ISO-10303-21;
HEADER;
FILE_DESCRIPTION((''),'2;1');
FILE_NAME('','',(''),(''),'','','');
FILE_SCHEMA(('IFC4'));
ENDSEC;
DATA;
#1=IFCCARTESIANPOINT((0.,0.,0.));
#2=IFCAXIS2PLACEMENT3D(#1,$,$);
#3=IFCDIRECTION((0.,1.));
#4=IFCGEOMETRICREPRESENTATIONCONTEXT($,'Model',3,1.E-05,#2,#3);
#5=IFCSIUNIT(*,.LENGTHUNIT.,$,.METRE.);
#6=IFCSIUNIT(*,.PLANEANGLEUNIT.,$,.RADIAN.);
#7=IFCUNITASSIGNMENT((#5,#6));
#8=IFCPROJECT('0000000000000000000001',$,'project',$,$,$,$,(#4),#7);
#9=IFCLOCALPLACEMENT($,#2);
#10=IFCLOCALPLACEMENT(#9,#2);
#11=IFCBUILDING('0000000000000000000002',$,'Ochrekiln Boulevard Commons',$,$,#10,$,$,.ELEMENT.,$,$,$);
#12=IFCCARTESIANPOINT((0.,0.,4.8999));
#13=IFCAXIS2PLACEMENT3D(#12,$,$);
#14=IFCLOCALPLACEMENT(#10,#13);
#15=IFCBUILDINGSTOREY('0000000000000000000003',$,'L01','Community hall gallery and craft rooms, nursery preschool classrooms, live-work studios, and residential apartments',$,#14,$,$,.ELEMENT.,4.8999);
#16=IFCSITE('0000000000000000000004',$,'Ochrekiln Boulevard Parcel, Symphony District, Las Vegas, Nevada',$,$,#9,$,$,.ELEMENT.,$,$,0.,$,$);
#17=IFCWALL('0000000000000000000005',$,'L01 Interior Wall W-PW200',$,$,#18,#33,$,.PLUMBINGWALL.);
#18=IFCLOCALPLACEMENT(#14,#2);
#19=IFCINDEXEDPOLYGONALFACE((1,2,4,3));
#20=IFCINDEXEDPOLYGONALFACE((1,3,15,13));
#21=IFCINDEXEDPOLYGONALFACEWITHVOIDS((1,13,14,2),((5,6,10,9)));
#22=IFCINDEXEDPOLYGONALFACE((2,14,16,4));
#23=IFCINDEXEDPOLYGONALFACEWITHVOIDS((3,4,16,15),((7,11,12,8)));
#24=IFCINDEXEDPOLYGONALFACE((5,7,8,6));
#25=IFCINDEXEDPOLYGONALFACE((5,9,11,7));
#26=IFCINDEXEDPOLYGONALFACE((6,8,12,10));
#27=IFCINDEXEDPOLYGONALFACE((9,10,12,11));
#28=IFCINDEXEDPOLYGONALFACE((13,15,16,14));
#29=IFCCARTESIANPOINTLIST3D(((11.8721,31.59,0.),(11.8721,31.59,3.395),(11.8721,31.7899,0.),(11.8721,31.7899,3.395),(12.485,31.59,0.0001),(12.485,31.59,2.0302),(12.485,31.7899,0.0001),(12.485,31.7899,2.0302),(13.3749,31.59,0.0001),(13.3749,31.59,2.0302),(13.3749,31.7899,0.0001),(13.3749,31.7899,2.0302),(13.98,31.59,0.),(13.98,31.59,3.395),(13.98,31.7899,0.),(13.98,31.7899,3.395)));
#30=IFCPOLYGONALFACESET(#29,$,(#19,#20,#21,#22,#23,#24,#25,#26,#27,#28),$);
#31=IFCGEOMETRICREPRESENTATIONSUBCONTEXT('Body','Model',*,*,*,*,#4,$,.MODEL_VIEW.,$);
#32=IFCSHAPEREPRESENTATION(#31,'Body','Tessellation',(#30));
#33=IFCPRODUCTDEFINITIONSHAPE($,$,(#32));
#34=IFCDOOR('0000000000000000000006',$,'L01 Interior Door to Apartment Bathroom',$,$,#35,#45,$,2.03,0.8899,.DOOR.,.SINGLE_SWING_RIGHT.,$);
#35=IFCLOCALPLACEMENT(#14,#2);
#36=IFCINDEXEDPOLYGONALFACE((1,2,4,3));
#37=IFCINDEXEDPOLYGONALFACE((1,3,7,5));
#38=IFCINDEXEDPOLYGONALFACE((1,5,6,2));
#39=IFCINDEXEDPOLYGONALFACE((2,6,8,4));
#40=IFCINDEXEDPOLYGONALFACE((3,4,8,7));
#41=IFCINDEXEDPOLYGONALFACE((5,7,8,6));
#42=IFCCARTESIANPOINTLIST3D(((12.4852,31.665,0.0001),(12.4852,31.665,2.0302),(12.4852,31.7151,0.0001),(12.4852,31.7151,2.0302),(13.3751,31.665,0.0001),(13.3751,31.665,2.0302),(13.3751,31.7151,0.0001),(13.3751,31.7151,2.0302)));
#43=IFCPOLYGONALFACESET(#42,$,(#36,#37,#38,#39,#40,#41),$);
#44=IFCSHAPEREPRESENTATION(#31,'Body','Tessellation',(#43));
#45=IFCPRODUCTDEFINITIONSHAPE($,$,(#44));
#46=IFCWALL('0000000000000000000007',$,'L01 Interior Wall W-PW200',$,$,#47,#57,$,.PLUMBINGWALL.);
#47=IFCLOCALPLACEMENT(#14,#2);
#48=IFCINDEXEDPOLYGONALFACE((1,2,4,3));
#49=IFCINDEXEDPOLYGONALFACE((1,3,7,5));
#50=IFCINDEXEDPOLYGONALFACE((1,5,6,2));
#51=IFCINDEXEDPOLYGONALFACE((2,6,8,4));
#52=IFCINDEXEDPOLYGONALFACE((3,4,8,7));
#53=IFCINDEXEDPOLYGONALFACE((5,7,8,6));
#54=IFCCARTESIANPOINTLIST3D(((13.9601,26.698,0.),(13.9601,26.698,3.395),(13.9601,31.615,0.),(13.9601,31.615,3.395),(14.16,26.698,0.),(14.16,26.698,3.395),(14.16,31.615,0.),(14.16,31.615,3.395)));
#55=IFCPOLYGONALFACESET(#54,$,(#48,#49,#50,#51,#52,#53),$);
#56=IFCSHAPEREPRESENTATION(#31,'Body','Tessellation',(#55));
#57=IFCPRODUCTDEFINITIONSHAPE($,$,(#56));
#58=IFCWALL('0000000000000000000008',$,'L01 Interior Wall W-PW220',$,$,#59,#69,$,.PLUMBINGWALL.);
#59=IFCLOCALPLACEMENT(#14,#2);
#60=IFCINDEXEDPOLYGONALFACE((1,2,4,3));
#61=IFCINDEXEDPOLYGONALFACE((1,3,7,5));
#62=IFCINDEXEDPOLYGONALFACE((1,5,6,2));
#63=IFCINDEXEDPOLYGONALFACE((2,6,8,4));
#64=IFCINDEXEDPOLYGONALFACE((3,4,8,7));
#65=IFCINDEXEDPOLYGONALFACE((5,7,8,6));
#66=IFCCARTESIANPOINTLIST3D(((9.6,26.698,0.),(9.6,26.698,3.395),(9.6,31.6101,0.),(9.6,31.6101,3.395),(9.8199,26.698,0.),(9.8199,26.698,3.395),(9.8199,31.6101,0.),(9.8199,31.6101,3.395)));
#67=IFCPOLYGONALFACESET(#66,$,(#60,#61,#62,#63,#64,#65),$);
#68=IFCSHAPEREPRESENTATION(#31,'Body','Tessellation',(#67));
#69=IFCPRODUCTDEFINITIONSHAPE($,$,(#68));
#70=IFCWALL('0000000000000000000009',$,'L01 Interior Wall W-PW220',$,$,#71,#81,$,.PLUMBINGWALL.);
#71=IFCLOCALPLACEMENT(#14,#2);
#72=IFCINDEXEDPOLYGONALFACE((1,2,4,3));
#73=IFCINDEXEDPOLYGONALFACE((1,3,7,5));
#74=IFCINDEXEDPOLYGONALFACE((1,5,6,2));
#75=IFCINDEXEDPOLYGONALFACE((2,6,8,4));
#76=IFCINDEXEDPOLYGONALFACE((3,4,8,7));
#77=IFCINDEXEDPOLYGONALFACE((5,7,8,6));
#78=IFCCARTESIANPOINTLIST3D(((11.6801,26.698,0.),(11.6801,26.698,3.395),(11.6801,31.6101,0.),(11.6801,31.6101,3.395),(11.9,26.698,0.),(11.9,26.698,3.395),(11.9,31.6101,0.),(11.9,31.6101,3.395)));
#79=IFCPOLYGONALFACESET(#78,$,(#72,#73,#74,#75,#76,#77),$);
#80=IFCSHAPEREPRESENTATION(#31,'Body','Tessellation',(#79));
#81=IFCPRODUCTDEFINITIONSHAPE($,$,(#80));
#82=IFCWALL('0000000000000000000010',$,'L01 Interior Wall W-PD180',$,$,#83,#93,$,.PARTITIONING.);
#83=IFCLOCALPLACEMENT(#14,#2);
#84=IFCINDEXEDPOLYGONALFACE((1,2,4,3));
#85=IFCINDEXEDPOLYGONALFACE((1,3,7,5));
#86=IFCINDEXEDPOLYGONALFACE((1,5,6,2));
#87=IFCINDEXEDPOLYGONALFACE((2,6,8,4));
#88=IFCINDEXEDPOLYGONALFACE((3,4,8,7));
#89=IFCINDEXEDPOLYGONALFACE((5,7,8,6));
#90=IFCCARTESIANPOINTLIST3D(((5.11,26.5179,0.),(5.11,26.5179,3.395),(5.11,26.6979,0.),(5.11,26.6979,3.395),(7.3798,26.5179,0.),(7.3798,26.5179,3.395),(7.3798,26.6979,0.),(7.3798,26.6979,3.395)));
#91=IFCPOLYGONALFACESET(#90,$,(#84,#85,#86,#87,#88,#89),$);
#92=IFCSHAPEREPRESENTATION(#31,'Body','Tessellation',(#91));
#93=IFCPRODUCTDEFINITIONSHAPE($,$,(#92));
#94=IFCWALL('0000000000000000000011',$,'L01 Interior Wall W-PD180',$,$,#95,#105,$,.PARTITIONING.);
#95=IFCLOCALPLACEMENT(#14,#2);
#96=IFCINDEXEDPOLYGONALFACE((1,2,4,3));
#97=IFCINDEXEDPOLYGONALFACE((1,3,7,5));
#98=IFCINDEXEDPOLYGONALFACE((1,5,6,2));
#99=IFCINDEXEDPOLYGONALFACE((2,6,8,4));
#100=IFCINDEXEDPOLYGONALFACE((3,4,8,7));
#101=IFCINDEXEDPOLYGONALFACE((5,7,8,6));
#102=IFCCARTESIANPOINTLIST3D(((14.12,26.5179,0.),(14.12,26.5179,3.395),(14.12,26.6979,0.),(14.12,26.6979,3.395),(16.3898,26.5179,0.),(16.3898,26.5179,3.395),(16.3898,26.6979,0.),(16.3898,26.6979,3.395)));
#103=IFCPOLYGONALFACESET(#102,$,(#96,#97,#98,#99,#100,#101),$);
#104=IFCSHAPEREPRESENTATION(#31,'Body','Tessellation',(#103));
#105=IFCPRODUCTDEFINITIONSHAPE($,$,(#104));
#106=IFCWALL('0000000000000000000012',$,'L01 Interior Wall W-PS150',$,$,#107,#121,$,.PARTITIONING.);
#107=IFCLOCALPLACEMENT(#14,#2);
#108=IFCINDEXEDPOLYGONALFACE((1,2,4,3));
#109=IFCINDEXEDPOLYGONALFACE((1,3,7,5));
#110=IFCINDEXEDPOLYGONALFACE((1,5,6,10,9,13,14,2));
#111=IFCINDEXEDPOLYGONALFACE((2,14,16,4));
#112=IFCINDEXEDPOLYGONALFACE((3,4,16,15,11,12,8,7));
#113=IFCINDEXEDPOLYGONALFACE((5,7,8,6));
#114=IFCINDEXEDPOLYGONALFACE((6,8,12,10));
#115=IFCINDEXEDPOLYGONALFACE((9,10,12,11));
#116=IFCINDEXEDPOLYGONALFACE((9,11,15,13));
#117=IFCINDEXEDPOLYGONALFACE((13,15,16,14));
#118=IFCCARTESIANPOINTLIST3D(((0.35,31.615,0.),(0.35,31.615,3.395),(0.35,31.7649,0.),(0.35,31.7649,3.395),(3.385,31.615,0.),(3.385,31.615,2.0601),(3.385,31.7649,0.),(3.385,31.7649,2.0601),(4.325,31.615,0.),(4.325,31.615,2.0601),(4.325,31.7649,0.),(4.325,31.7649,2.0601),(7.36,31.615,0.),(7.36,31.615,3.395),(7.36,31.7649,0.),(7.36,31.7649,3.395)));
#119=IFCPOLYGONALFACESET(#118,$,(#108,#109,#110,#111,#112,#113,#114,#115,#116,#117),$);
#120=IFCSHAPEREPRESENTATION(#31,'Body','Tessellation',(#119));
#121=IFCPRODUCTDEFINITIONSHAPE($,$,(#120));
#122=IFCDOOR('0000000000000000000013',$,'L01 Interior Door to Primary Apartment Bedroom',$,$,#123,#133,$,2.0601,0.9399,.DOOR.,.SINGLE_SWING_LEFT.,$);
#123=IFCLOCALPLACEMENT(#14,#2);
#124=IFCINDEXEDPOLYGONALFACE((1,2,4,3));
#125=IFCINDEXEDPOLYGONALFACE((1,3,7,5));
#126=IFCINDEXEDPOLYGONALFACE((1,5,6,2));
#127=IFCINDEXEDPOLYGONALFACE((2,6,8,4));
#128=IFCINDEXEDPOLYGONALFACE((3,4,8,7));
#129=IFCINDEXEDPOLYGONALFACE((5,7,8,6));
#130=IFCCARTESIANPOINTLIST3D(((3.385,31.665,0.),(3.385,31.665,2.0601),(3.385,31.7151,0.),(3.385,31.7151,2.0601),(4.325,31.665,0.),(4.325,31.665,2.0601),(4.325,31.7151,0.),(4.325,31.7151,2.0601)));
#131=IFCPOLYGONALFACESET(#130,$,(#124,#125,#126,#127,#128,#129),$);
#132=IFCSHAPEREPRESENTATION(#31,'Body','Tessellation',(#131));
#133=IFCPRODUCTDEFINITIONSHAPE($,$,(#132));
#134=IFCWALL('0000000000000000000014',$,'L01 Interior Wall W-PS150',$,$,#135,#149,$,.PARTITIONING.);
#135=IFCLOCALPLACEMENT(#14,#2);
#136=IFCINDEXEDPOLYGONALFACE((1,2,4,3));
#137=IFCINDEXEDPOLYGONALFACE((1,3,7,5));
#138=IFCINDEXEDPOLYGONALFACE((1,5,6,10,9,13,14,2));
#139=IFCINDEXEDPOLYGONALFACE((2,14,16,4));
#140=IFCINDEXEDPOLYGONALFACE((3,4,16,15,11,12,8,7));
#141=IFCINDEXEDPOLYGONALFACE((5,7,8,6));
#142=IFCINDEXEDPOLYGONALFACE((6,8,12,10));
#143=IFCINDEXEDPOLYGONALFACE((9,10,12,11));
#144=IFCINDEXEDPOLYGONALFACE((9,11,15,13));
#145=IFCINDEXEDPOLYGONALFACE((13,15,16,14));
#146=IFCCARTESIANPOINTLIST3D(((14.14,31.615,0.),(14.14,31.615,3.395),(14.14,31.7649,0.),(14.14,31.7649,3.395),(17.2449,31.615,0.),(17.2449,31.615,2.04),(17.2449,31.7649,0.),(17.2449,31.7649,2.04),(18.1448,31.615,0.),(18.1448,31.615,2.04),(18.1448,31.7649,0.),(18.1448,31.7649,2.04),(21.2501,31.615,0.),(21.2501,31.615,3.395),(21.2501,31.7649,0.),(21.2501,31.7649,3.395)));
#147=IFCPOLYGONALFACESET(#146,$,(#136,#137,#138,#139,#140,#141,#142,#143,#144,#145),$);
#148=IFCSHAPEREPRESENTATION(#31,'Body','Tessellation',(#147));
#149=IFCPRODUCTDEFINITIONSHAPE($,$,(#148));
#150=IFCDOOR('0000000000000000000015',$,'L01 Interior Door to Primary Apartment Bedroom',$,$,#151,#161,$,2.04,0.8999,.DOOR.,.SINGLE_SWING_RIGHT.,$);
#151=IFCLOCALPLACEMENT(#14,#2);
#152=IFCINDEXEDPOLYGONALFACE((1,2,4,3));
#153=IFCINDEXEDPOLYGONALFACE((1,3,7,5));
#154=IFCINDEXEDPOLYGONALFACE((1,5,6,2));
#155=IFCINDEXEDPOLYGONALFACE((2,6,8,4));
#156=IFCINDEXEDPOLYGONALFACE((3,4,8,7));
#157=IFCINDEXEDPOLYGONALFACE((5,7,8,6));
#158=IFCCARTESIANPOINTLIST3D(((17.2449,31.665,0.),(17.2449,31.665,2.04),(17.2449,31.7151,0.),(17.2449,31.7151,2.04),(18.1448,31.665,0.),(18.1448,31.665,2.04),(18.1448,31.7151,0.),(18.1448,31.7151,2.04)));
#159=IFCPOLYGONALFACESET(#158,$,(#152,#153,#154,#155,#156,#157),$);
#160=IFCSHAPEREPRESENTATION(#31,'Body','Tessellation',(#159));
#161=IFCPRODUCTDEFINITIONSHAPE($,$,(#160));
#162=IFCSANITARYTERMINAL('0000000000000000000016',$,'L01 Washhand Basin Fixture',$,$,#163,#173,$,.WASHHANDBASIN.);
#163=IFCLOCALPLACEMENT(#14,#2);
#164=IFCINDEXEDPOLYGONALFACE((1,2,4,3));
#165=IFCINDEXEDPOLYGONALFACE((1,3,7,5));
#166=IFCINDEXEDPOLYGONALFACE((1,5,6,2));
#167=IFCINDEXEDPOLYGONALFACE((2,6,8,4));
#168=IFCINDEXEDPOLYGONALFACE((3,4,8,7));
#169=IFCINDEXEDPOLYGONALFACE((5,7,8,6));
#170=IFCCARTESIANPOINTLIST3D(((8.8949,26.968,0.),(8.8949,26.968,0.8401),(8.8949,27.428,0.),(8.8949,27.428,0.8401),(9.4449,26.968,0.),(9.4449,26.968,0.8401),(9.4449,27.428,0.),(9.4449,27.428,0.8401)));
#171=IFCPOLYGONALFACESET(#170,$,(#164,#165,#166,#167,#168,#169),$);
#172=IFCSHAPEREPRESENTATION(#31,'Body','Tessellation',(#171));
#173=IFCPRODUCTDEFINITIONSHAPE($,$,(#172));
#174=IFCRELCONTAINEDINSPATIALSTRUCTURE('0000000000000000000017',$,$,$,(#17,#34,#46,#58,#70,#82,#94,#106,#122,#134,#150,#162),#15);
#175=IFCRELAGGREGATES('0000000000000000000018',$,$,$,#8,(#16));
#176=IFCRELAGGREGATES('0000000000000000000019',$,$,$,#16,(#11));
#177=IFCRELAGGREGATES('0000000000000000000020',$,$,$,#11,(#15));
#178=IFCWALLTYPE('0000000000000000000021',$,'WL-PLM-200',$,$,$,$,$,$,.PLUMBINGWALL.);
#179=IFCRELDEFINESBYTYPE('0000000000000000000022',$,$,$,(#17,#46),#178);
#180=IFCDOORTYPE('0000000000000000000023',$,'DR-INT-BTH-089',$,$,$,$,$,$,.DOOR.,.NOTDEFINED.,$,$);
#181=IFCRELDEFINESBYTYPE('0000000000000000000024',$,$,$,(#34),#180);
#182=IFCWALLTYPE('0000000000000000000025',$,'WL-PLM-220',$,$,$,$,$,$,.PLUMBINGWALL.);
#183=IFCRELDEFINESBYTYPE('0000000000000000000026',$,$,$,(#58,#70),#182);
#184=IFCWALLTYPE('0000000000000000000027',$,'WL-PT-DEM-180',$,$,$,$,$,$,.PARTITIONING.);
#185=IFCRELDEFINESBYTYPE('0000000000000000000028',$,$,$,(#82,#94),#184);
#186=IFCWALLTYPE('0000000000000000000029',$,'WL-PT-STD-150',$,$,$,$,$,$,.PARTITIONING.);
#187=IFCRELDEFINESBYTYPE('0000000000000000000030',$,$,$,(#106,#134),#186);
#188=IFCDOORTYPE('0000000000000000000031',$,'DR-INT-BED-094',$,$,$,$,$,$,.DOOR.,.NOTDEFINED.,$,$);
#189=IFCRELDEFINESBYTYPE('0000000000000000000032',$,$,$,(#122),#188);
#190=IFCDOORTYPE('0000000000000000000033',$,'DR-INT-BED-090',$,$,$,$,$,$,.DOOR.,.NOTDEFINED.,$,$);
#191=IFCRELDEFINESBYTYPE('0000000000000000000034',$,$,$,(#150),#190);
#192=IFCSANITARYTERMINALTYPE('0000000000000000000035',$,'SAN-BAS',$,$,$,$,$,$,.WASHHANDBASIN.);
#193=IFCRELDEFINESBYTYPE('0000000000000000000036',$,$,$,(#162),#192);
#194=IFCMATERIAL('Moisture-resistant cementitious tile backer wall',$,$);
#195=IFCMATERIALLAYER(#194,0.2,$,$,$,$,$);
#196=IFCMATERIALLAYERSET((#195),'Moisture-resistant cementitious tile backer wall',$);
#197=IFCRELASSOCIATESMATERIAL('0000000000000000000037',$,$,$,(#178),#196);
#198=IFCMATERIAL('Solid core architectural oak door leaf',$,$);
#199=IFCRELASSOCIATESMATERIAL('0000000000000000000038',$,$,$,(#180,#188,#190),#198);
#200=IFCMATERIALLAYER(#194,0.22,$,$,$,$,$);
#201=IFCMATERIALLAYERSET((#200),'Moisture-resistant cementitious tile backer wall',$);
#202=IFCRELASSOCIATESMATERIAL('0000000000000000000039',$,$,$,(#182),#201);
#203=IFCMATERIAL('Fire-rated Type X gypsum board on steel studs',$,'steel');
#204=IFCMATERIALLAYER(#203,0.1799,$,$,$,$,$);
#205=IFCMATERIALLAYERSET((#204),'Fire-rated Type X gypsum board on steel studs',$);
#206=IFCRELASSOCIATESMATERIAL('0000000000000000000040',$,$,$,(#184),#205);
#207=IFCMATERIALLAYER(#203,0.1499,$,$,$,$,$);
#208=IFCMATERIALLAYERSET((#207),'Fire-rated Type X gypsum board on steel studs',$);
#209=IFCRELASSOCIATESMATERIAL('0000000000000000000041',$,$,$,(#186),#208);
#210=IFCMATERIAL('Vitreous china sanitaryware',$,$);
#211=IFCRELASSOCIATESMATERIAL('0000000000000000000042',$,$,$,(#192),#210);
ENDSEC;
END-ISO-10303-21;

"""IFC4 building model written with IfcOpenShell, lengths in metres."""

from ifc_helpers import new_model, si_unit, direction, frame, frame_2d, origin, origin_2d, place, context, subcontext, project, spatial, rectangle, extrude, material, layer, layer_set, type_object, element, fill, save


model = new_model("IFC4")

# Units and contexts
model_context = context("Model", 3, precision=1e-05, world=origin(), true_north=direction((0.0, 1.0)))
body_context = subcontext(model_context, "Body", "Model", "MODEL_VIEW")
ifc_project = project(units=[si_unit("LENGTHUNIT", "METRE"), si_unit("PLANEANGLEUNIT", "RADIAN")], contexts=[model_context])

# Site, building, storey
site_placement = place(None, origin())
site = spatial("IfcSite", under=ifc_project, at=site_placement, Name="Ochrekiln Boulevard Parcel, Symphony District, Las Vegas, Nevada", CompositionType="ELEMENT", RefElevation=0.0)
building_placement = place(site_placement, origin())
building = spatial("IfcBuilding", under=site, at=building_placement, Name="Ochrekiln Boulevard Commons", CompositionType="ELEMENT")
storey_placement = place(building_placement, frame((0.0, 0.0, 4.8999)))
storey = spatial("IfcBuildingStorey", under=building, at=storey_placement, Name="L01", Description="Community hall gallery and craft rooms, nursery preschool classrooms, live-work studios, and residential apartments", CompositionType="ELEMENT", Elevation=4.8999)

# Shared definitions
ifc_material_1 = material(Name="Moisture-resistant cementitious tile backer wall")
ifc_layer_1 = layer(ifc_material_1, 0.2)
ifc_layer_set_1 = layer_set([ifc_layer_1], Name="Moisture-resistant cementitious tile backer wall")
wall_type_1 = type_object("IfcWallType", Name="WL-PLM-200", PredefinedType="PLUMBINGWALL", material=ifc_layer_set_1)

# Shared definitions
ifc_material_2 = material(Name="Solid core architectural oak door leaf")
door_type_1 = type_object("IfcDoorType", Name="DR-INT-BTH-089", OperationType="NOTDEFINED", PredefinedType="DOOR", material=ifc_material_2)

# Wall, opening, door
wall_1_placement = place(storey_placement, frame((11.8721, 31.6899, 0.0), z_axis=(0.0, 0.0, 1.0), x_axis=(1.0, 0.0, 0.0)))
wall_1 = element("IfcWall", 1, at=wall_1_placement, inside=storey, type_object=wall_type_1, Name="L01 Interior Wall W-PW200", PredefinedType="PLUMBINGWALL", context=body_context, shape_type="SweptSolid", body=[
    extrude(rectangle(XDim=2.1079, YDim=0.2, at=frame_2d((1.054, 0.0))), origin(), (0.0, 0.0, 1.0), 3.395),
])
opening_1_placement = place(wall_1_placement, frame((0.613, 0.0, 0.0)))
opening_1 = element("IfcOpeningElement", 2, at=opening_1_placement, cuts=wall_1, PredefinedType="OPENING", context=body_context, shape_type="SweptSolid", body=[
    extrude(rectangle(XDim=0.8899, YDim=2.03, at=frame_2d((0.4448, 1.0151))), frame((0.0, 0.1099, 0.0), z_axis=(0.0, -1.0, 0.0), x_axis=(1.0, 0.0, 0.0)), (0.0, 0.0, 1.0), 0.22),
])
door_1_placement = place(opening_1_placement, frame((0.8899, 0.0, 0.0), z_axis=(0.0, 0.0, 1.0), x_axis=(-1.0, 0.0, 0.0)))
door_1 = element("IfcDoor", 3, at=door_1_placement, inside=storey, type_object=door_type_1, Name="L01 Interior Door to Apartment Bathroom", OperationType="SINGLE_SWING_RIGHT", OverallHeight=2.03, OverallWidth=0.8899, PredefinedType="DOOR", context=body_context, shape_type="SweptSolid", body=[
    extrude(rectangle(XDim=0.8899, YDim=2.03, at=frame_2d((0.4448, 1.0151))), frame((0.0, 0.0249, 0.0), z_axis=(0.0, -1.0, 0.0), x_axis=(1.0, 0.0, 0.0)), (0.0, 0.0, 1.0), 0.05),
])
fill(opening_1, door_1)

# Walls
wall_2_placement = place(storey_placement, frame((14.0601, 26.698, 0.0), z_axis=(0.0, 0.0, 1.0), x_axis=(0.0, 1.0, 0.0)))
element("IfcWall", 4, at=wall_2_placement, inside=storey, type_object=wall_type_1, Name="L01 Interior Wall W-PW200", PredefinedType="PLUMBINGWALL", context=body_context, shape_type="SweptSolid", body=[
    extrude(rectangle(XDim=4.917, YDim=0.2, at=frame_2d((2.4585, 0.0))), origin(), (0.0, 0.0, 1.0), 3.395),
])
ifc_layer_2 = layer(ifc_material_1, 0.22)
ifc_layer_set_2 = layer_set([ifc_layer_2], Name="Moisture-resistant cementitious tile backer wall")
wall_type_2 = type_object("IfcWallType", Name="WL-PLM-220", PredefinedType="PLUMBINGWALL", material=ifc_layer_set_2)
for number, where, z_axis, x_axis, name in (
    (5, (9.71, 26.698, 0.0), (0.0, 0.0, 1.0), (0.0, 1.0, 0.0), "L01 Interior Wall W-PW220"),
    (6, (11.79, 26.698, 0.0), (0.0, 0.0, 1.0), (0.0, 1.0, 0.0), "L01 Interior Wall W-PW220"),
):
    element("IfcWall", number, at=place(storey_placement, frame(where, z_axis=z_axis, x_axis=x_axis)), inside=storey, type_object=wall_type_2, Name=name, PredefinedType="PLUMBINGWALL", context=body_context, shape_type="SweptSolid", body=[
        extrude(rectangle(XDim=4.9121, YDim=0.22, at=frame_2d((2.4561, 0.0))), origin(), (0.0, 0.0, 1.0), 3.395),
    ])
ifc_material_3 = material(Name="Fire-rated Type X gypsum board on steel studs", Category="steel")
ifc_layer_3 = layer(ifc_material_3, 0.1799)
ifc_layer_set_3 = layer_set([ifc_layer_3], Name="Fire-rated Type X gypsum board on steel studs")
wall_type_3 = type_object("IfcWallType", Name="WL-PT-DEM-180", PredefinedType="PARTITIONING", material=ifc_layer_set_3)
for number, where, z_axis, x_axis, name in (
    (7, (5.1101, 26.6079, 0.0), (0.0, 0.0, 1.0), (1.0, 0.0, 0.0), "L01 Interior Wall W-PD180"),
    (8, (14.1201, 26.6079, 0.0), (0.0, 0.0, 1.0), (1.0, 0.0, 0.0), "L01 Interior Wall W-PD180"),
):
    element("IfcWall", number, at=place(storey_placement, frame(where, z_axis=z_axis, x_axis=x_axis)), inside=storey, type_object=wall_type_3, Name=name, PredefinedType="PARTITIONING", context=body_context, shape_type="SweptSolid", body=[
        extrude(rectangle(XDim=2.2698, YDim=0.1799, at=frame_2d((1.1348, 0.0))), origin(), (0.0, 0.0, 1.0), 3.395),
    ])

# Walls, openings, doors
ifc_layer_4 = layer(ifc_material_3, 0.1499)
ifc_layer_set_4 = layer_set([ifc_layer_4], Name="Fire-rated Type X gypsum board on steel studs")
wall_type_4 = type_object("IfcWallType", Name="WL-PT-STD-150", PredefinedType="PARTITIONING", material=ifc_layer_set_4)
wall_3_placement = place(storey_placement, frame((0.3501, 31.6899, 0.0), z_axis=(0.0, 0.0, 1.0), x_axis=(1.0, 0.0, 0.0)))
wall_3 = element("IfcWall", 9, at=wall_3_placement, inside=storey, type_object=wall_type_4, Name="L01 Interior Wall W-PS150", PredefinedType="PARTITIONING", context=body_context, shape_type="SweptSolid", body=[
    extrude(rectangle(XDim=7.01, YDim=0.1499, at=frame_2d((3.5049, 0.0))), origin(), (0.0, 0.0, 1.0), 3.395),
])
opening_2_placement = place(wall_3_placement, frame((3.0349, 0.0, 0.0)))
opening_2 = element("IfcOpeningElement", 10, at=opening_2_placement, cuts=wall_3, PredefinedType="OPENING", context=body_context, shape_type="SweptSolid", body=[
    extrude(rectangle(XDim=0.9399, YDim=2.0601, at=frame_2d((0.47, 1.03))), frame((0.0, 0.085, 0.0), z_axis=(0.0, -1.0, 0.0), x_axis=(1.0, 0.0, 0.0)), (0.0, 0.0, 1.0), 0.1699),
])
door_type_2 = type_object("IfcDoorType", Name="DR-INT-BED-094", OperationType="NOTDEFINED", PredefinedType="DOOR", material=ifc_material_2)
door_2_placement = place(opening_2_placement, frame((0.9399, 0.0, 0.0), z_axis=(0.0, 0.0, 1.0), x_axis=(-1.0, 0.0, 0.0)))
door_2 = element("IfcDoor", 11, at=door_2_placement, inside=storey, type_object=door_type_2, Name="L01 Interior Door to Primary Apartment Bedroom", OperationType="SINGLE_SWING_LEFT", OverallHeight=2.0601, OverallWidth=0.9399, PredefinedType="DOOR", context=body_context, shape_type="SweptSolid", body=[
    extrude(rectangle(XDim=0.9399, YDim=2.0601, at=frame_2d((0.47, 1.03))), frame((0.0, 0.0249, 0.0), z_axis=(0.0, -1.0, 0.0), x_axis=(1.0, 0.0, 0.0)), (0.0, 0.0, 1.0), 0.05),
])
fill(opening_2, door_2)
wall_4_placement = place(storey_placement, frame((14.1399, 31.6899, 0.0), z_axis=(0.0, 0.0, 1.0), x_axis=(1.0, 0.0, 0.0)))
wall_4 = element("IfcWall", 12, at=wall_4_placement, inside=storey, type_object=wall_type_4, Name="L01 Interior Wall W-PS150", PredefinedType="PARTITIONING", context=body_context, shape_type="SweptSolid", body=[
    extrude(rectangle(XDim=7.1101, YDim=0.1499, at=frame_2d((3.5552, 0.0))), origin(), (0.0, 0.0, 1.0), 3.395),
])
opening_3_placement = place(wall_4_placement, frame((3.105, 0.0, 0.0)))
opening_3 = element("IfcOpeningElement", 13, at=opening_3_placement, cuts=wall_4, PredefinedType="OPENING", context=body_context, shape_type="SweptSolid", body=[
    extrude(rectangle(XDim=0.8999, YDim=2.04, at=frame_2d((0.45, 1.02))), frame((0.0, 0.085, 0.0), z_axis=(0.0, -1.0, 0.0), x_axis=(1.0, 0.0, 0.0)), (0.0, 0.0, 1.0), 0.1699),
])
door_type_3 = type_object("IfcDoorType", Name="DR-INT-BED-090", OperationType="NOTDEFINED", PredefinedType="DOOR", material=ifc_material_2)
door_3_placement = place(opening_3_placement, frame((0.8999, 0.0, 0.0), z_axis=(0.0, 0.0, 1.0), x_axis=(-1.0, 0.0, 0.0)))
door_3 = element("IfcDoor", 14, at=door_3_placement, inside=storey, type_object=door_type_3, Name="L01 Interior Door to Primary Apartment Bedroom", OperationType="SINGLE_SWING_RIGHT", OverallHeight=2.04, OverallWidth=0.8999, PredefinedType="DOOR", context=body_context, shape_type="SweptSolid", body=[
    extrude(rectangle(XDim=0.8999, YDim=2.04, at=frame_2d((0.45, 1.02))), frame((0.0, 0.0249, 0.0), z_axis=(0.0, -1.0, 0.0), x_axis=(1.0, 0.0, 0.0)), (0.0, 0.0, 1.0), 0.05),
])
fill(opening_3, door_3)

# Sanitary terminal
ifc_material_4 = material(Name="Vitreous china sanitaryware")
sanitary_terminal_type_1 = type_object("IfcSanitaryTerminalType", Name="SAN-BAS", PredefinedType="WASHHANDBASIN", material=ifc_material_4)
for number, where, z_axis, x_axis, name in (
    (15, (9.1699, 27.198, 0.0), (0.0, 0.0, 1.0), (1.0, 0.0, 0.0), "L01 Washhand Basin Fixture"),
):
    element("IfcSanitaryTerminal", number, at=place(storey_placement, frame(where, z_axis=z_axis, x_axis=x_axis)), inside=storey, type_object=sanitary_terminal_type_1, Name=name, PredefinedType="WASHHANDBASIN", context=body_context, shape_type="SweptSolid", body=[
        extrude(rectangle(XDim=0.55, YDim=0.46, at=origin_2d()), origin(), (0.0, 0.0, 1.0), 0.8401),
    ])

save(model, "model.ifc")
